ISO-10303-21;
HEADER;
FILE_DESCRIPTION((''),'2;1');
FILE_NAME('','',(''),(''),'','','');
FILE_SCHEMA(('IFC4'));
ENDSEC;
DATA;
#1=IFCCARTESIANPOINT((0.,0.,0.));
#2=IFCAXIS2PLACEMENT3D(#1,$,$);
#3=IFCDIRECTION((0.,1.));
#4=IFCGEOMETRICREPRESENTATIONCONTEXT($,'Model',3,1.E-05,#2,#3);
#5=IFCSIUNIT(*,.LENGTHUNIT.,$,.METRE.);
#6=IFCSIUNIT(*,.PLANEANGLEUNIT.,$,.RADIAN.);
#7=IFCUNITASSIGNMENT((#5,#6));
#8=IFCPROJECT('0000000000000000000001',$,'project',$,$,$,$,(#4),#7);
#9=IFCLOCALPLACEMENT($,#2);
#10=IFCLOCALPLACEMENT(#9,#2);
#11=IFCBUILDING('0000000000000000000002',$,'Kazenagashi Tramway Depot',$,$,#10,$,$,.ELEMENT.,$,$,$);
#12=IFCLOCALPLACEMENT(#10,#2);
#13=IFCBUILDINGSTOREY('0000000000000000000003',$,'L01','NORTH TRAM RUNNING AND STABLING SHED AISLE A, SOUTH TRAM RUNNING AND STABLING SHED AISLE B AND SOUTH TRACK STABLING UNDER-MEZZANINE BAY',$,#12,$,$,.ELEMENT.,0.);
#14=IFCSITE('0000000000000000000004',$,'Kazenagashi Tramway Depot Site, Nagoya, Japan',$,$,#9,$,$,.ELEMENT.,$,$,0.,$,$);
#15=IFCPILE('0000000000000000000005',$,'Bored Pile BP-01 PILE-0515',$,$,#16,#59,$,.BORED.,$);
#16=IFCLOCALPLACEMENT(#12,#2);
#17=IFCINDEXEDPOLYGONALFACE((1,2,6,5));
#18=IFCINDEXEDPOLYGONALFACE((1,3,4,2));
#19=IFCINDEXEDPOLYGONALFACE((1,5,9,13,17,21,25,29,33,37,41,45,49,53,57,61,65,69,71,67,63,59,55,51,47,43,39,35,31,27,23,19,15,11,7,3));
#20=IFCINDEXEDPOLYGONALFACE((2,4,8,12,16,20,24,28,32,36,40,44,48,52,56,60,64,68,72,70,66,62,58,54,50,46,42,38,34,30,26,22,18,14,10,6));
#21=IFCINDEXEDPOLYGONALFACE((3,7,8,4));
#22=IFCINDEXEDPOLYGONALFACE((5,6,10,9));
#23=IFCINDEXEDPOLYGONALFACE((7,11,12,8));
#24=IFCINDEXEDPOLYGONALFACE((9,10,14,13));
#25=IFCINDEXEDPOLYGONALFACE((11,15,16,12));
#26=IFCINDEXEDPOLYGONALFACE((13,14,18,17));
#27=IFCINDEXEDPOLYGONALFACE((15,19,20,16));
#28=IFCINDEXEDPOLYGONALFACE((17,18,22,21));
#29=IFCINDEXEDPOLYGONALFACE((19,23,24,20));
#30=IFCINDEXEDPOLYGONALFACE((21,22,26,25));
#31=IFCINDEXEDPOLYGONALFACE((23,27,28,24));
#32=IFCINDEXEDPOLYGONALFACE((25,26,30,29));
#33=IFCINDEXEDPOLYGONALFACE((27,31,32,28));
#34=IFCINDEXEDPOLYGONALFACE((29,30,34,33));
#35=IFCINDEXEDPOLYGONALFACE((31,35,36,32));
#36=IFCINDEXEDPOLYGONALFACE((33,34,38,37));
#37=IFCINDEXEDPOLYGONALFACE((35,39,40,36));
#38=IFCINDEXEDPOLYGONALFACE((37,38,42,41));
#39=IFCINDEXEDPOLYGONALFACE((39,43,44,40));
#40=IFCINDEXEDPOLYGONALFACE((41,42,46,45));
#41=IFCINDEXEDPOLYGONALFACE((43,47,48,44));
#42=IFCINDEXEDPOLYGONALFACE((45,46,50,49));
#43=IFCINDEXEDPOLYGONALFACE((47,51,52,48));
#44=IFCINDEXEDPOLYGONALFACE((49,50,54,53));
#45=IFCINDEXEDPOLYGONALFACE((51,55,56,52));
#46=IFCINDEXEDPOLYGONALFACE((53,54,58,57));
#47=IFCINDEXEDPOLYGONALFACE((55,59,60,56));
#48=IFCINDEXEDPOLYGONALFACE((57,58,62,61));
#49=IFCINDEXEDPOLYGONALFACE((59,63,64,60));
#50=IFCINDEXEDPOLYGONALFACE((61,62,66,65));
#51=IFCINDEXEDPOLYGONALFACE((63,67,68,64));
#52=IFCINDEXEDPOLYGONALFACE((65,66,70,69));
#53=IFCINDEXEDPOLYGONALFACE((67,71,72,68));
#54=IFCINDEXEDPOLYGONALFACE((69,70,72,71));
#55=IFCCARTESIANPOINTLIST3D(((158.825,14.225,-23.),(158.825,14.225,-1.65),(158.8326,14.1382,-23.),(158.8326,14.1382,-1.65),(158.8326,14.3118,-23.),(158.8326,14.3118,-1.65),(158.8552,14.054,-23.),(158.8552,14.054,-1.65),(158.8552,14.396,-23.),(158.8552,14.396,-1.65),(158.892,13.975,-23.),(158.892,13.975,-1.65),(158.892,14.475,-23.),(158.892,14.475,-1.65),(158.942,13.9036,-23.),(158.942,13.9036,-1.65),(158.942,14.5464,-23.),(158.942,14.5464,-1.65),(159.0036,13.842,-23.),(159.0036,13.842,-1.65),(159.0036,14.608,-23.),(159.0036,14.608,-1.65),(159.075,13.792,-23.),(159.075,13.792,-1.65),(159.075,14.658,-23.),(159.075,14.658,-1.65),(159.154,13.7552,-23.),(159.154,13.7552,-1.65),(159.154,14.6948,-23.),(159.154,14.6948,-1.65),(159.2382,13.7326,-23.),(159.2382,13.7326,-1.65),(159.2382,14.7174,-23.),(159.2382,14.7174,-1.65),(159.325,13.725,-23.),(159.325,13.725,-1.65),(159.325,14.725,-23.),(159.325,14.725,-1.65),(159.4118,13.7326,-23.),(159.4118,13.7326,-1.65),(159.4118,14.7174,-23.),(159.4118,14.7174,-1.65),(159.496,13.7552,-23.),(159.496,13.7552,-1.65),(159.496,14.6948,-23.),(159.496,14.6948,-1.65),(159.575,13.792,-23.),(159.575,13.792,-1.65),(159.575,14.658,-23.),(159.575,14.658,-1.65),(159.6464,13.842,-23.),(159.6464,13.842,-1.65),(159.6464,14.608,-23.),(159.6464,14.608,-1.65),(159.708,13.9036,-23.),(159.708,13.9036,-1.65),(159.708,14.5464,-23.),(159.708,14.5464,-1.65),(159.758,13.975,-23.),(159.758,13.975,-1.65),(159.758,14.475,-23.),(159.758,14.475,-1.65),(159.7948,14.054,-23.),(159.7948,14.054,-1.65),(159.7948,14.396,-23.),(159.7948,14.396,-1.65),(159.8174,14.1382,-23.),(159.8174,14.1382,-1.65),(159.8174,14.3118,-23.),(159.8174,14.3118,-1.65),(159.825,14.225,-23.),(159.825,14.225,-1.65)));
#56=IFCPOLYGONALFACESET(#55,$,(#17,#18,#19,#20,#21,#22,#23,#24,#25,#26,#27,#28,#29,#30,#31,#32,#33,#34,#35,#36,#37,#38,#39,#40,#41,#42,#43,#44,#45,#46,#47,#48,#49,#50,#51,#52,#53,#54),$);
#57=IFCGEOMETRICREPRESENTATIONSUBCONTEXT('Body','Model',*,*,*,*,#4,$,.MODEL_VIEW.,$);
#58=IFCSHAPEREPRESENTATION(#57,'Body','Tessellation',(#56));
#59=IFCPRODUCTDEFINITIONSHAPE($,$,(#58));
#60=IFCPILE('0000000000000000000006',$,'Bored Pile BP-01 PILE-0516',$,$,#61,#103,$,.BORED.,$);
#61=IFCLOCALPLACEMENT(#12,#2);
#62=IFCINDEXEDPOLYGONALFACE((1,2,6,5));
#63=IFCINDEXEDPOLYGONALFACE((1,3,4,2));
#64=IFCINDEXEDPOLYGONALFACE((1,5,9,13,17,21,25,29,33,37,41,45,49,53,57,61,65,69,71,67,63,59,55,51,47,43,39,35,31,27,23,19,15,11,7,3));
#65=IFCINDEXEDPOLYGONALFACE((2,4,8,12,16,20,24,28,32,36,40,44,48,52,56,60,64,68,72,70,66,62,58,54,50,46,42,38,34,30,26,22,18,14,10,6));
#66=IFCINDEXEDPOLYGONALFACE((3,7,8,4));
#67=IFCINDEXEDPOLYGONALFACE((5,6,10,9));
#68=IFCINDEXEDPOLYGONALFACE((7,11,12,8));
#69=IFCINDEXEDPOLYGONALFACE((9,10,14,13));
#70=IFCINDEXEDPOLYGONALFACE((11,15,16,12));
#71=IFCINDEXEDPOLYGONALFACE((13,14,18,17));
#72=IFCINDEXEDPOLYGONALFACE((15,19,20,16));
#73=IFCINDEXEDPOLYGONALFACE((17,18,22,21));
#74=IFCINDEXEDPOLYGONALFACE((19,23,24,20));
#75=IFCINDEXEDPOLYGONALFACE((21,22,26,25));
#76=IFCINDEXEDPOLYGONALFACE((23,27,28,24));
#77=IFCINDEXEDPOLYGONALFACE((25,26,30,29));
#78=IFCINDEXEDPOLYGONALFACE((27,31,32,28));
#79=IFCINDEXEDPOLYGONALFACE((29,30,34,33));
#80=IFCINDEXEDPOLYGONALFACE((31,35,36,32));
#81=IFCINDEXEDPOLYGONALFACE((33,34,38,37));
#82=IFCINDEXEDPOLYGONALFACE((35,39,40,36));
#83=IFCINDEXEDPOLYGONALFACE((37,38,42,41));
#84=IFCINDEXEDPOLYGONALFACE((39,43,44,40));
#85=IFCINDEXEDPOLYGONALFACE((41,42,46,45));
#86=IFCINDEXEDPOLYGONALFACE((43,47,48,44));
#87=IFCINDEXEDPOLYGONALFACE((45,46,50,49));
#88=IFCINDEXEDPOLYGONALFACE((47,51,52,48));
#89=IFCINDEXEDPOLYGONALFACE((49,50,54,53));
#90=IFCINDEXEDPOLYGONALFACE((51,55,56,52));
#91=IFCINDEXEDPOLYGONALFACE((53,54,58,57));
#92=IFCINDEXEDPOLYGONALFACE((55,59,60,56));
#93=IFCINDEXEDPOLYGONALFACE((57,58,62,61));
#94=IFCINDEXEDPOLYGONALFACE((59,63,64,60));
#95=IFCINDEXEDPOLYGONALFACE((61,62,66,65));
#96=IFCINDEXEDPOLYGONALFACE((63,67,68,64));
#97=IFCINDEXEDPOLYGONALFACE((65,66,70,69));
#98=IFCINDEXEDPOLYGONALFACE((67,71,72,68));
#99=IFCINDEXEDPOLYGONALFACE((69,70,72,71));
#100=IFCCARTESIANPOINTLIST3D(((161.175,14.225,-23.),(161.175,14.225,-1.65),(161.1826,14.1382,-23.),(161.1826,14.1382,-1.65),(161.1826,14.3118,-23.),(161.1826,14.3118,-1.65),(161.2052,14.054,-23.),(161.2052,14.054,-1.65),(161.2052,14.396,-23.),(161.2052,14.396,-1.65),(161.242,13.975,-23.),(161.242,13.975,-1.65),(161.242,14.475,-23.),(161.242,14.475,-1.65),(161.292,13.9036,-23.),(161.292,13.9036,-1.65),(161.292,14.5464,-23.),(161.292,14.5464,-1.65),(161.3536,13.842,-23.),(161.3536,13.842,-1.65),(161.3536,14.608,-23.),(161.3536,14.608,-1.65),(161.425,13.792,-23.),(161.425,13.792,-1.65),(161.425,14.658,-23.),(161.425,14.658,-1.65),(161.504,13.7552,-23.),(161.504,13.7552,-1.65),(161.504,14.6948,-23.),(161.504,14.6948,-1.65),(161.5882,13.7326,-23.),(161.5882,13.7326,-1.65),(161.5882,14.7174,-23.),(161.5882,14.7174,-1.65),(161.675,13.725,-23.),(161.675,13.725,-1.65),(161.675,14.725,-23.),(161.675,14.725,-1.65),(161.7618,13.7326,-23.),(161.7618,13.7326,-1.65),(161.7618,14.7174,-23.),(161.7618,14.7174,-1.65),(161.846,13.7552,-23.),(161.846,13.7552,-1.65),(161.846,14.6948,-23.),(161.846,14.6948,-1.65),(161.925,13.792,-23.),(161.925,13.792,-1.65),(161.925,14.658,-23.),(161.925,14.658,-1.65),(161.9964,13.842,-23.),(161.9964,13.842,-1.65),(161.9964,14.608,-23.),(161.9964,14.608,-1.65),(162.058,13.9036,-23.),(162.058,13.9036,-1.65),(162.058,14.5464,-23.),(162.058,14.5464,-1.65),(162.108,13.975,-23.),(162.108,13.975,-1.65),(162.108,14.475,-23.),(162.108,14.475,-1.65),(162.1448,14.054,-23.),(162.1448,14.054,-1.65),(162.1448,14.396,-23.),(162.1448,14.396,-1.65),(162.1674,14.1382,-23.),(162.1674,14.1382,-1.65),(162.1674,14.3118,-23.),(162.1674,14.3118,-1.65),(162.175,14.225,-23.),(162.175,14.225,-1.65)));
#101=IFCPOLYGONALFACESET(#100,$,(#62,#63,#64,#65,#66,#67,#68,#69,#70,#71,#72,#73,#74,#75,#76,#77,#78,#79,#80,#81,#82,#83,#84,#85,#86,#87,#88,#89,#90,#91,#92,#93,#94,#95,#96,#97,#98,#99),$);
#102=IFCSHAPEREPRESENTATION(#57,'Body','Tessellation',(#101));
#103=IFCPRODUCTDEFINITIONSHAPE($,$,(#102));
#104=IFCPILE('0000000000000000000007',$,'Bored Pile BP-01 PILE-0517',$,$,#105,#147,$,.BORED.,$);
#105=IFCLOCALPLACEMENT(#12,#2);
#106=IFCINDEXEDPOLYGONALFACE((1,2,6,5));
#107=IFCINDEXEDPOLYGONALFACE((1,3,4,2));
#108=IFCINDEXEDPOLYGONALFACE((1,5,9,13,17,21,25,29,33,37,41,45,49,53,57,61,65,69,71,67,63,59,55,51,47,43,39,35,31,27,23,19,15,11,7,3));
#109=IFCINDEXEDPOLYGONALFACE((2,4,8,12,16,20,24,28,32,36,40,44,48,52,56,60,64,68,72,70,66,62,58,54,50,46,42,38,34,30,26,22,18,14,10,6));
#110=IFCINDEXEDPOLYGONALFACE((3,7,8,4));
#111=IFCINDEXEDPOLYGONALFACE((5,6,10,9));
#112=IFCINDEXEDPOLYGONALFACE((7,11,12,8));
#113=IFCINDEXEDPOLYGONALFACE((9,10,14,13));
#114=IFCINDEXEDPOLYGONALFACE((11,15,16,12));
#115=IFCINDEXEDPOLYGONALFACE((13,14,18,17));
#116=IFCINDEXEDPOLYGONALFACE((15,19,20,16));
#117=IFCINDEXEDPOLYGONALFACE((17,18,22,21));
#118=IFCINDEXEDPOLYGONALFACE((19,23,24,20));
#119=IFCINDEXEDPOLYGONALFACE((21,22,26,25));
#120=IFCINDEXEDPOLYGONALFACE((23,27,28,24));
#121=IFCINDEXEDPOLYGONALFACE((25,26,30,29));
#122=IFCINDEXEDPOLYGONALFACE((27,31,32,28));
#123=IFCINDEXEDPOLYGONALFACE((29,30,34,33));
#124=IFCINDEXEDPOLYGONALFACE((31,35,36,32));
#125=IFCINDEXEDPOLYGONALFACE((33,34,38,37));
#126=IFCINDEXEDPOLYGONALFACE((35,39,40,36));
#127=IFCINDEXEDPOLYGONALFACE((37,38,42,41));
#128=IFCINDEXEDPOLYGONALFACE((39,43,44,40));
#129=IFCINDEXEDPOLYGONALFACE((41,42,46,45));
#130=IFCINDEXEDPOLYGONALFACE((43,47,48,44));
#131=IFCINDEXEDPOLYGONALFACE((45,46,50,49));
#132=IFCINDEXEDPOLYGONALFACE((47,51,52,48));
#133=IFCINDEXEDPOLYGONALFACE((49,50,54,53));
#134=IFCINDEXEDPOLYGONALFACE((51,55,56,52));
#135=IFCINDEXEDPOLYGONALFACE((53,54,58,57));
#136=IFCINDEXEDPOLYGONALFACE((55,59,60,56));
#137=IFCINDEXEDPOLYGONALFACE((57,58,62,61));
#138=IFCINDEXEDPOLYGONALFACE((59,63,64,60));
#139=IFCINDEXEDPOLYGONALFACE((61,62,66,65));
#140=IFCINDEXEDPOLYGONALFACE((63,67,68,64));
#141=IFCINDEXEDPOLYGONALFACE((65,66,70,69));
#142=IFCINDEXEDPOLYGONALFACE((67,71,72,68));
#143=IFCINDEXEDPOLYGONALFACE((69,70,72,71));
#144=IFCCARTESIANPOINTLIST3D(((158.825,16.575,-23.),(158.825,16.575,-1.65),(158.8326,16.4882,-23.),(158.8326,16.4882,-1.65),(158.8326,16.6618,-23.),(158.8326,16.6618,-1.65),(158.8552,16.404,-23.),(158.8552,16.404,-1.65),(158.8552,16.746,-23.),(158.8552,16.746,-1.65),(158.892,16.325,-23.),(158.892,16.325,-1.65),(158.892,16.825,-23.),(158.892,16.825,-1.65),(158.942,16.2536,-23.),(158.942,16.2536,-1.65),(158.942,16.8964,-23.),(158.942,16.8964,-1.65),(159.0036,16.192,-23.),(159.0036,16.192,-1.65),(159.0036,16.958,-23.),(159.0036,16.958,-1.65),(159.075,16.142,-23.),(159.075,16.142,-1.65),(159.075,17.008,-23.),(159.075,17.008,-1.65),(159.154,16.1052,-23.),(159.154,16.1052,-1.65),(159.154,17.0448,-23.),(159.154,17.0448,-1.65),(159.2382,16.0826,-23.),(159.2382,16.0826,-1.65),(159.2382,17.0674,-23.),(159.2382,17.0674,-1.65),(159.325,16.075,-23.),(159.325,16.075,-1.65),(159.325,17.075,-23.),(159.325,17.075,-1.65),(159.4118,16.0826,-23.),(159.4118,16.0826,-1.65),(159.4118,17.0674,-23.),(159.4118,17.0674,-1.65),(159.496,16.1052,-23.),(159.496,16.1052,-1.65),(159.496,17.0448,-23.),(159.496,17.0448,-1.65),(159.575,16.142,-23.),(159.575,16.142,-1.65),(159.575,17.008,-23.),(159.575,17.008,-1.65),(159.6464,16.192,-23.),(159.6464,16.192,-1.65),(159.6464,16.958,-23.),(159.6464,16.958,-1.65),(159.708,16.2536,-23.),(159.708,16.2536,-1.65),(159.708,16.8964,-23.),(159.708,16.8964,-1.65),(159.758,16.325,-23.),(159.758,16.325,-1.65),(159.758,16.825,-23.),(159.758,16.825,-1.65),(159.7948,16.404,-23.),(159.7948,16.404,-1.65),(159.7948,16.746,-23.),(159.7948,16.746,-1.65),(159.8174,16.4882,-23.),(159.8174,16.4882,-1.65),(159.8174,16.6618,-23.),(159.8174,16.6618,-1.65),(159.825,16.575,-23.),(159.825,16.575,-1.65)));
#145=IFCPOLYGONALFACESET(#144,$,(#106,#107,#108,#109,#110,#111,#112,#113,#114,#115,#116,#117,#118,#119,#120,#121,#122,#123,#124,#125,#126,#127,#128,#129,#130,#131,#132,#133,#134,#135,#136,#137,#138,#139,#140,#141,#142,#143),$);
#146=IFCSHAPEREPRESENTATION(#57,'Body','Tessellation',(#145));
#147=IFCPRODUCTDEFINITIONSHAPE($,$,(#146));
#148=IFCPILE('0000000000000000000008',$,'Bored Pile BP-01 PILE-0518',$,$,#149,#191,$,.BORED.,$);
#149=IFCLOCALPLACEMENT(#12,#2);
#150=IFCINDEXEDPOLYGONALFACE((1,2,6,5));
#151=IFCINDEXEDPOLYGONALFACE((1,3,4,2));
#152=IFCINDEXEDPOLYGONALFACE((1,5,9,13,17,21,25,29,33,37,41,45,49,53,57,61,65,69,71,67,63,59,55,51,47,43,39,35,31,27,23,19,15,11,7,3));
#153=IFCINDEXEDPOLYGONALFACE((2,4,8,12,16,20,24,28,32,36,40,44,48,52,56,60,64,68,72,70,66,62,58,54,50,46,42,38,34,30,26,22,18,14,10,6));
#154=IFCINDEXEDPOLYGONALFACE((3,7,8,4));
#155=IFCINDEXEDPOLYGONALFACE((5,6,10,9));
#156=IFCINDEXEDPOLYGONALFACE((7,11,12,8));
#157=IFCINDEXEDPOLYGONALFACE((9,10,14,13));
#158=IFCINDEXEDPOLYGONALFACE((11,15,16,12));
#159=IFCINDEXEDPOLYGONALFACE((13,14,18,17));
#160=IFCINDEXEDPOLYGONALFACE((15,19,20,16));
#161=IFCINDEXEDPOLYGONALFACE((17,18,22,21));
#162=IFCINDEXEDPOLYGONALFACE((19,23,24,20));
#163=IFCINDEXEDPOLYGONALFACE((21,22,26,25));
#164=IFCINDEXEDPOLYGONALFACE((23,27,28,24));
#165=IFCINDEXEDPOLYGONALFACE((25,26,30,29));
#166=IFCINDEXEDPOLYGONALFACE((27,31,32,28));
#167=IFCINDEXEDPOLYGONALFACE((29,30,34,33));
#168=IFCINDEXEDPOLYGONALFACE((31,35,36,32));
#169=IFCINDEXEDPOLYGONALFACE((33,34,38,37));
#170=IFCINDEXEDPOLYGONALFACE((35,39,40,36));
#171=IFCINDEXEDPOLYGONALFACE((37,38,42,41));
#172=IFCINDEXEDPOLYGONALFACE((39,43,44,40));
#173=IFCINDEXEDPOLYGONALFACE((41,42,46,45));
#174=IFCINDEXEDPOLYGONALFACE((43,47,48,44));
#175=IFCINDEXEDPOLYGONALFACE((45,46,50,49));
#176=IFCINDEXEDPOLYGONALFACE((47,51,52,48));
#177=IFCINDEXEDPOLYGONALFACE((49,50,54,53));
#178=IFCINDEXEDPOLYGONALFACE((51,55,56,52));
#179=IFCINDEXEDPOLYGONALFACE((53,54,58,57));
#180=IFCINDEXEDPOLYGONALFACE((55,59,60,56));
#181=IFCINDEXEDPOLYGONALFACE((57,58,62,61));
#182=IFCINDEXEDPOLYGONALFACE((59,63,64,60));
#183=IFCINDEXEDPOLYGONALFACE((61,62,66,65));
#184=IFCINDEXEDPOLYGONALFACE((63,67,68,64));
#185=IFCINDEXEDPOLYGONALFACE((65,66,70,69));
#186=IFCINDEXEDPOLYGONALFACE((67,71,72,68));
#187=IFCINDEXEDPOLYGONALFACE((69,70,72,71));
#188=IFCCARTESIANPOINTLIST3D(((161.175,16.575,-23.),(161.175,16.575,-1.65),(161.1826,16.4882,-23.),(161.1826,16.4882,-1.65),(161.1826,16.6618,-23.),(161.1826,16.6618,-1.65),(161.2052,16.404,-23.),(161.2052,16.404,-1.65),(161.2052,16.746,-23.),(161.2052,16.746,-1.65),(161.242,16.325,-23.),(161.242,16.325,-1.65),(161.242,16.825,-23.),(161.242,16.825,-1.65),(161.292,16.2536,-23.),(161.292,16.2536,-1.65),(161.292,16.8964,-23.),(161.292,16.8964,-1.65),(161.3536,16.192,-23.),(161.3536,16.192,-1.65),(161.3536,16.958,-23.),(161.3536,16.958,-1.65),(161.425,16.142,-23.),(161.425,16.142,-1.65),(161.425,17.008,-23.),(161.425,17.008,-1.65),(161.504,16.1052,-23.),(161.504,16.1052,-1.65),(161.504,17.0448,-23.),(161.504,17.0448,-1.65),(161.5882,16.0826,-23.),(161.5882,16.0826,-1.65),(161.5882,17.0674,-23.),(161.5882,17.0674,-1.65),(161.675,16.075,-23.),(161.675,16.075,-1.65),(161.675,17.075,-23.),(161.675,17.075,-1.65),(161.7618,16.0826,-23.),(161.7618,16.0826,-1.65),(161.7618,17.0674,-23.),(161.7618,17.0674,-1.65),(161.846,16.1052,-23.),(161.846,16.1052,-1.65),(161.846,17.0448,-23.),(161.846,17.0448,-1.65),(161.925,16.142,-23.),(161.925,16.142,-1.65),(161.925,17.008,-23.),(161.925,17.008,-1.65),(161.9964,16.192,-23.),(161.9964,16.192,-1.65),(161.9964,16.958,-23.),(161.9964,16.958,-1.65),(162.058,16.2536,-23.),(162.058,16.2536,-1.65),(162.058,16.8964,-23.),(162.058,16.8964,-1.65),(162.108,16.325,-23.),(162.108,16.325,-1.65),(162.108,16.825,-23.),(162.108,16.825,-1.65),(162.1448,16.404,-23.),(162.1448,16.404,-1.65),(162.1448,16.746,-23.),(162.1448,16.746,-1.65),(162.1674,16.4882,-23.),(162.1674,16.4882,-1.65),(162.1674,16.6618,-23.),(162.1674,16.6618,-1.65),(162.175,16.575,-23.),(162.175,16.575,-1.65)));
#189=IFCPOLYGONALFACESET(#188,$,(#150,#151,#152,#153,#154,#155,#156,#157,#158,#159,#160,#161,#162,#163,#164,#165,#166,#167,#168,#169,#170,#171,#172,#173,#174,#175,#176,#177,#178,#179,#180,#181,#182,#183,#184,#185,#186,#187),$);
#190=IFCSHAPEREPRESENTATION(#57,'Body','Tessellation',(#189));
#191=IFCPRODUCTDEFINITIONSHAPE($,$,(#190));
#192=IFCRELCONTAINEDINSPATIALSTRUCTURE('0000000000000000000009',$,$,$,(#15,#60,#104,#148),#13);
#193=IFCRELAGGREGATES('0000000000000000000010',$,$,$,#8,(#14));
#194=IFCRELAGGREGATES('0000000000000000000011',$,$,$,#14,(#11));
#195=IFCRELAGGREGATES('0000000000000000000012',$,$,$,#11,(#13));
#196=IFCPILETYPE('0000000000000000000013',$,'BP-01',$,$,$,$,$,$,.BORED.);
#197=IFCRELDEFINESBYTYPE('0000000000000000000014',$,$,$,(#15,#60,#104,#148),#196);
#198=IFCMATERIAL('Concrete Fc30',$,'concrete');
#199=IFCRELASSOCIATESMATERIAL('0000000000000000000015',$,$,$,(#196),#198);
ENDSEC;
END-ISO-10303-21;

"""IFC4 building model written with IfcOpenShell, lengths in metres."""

from ifc_helpers import new_model, si_unit, direction, frame, origin, origin_2d, place, context, subcontext, project, spatial, circle, extrude, material, material_profile, profile_set, type_object, element, save


model = new_model("IFC4")

# Units and contexts
model_context = context("Model", 3, precision=1e-05, world=origin(), true_north=direction((0.0, 1.0)))
body_context = subcontext(model_context, "Body", "Model", "MODEL_VIEW")
ifc_project = project(units=[si_unit("LENGTHUNIT", "METRE"), si_unit("PLANEANGLEUNIT", "RADIAN")], contexts=[model_context])

# Site, building, storey
site_placement = place(None, origin())
site = spatial("IfcSite", under=ifc_project, at=site_placement, Name="Kazenagashi Tramway Depot Site, Nagoya, Japan", CompositionType="ELEMENT", RefElevation=0.0)
building_placement = place(site_placement, origin())
building = spatial("IfcBuilding", under=site, at=building_placement, Name="Kazenagashi Tramway Depot", CompositionType="ELEMENT")
storey_placement = place(building_placement, origin())
storey = spatial("IfcBuildingStorey", under=building, at=storey_placement, Name="L01", Description="NORTH TRAM RUNNING AND STABLING SHED AISLE A, SOUTH TRAM RUNNING AND STABLING SHED AISLE B AND SOUTH TRACK STABLING UNDER-MEZZANINE BAY", CompositionType="ELEMENT", Elevation=0.0)

# Piles
ifc_material_1 = material(Name="Concrete Fc30", Category="concrete")
ifc_material_profile_1 = material_profile(ifc_material_1, circle(Radius=0.5, at=origin_2d()), Name="PILE-1000")
ifc_profile_set_1 = profile_set([ifc_material_profile_1], Name="Concrete Fc30")
pile_type = type_object("IfcPileType", Name="BP-01", PredefinedType="BORED", material=ifc_profile_set_1)
for number, where, z_axis, x_axis, name in (
    (1, (159.325, 14.225, -1.65), (0.0, 0.0, -1.0), (1.0, 0.0, 0.0), "Bored Pile BP-01 PILE-0515"),
    (2, (161.675, 14.225, -1.65), (0.0, 0.0, -1.0), (1.0, 0.0, 0.0), "Bored Pile BP-01 PILE-0516"),
    (3, (159.325, 16.575, -1.65), (0.0, 0.0, -1.0), (1.0, 0.0, 0.0), "Bored Pile BP-01 PILE-0517"),
    (4, (161.675, 16.575, -1.65), (0.0, 0.0, -1.0), (1.0, 0.0, 0.0), "Bored Pile BP-01 PILE-0518"),
):
    element("IfcPile", number, at=place(storey_placement, frame(where, z_axis=z_axis, x_axis=x_axis)), inside=storey, type_object=pile_type, Name=name, PredefinedType="BORED", context=body_context, shape_type="SweptSolid", body=[
        extrude(circle(Radius=0.5, at=origin_2d()), origin(), (0.0, 0.0, 1.0), 21.35),
    ])

save(model, "model.ifc")
